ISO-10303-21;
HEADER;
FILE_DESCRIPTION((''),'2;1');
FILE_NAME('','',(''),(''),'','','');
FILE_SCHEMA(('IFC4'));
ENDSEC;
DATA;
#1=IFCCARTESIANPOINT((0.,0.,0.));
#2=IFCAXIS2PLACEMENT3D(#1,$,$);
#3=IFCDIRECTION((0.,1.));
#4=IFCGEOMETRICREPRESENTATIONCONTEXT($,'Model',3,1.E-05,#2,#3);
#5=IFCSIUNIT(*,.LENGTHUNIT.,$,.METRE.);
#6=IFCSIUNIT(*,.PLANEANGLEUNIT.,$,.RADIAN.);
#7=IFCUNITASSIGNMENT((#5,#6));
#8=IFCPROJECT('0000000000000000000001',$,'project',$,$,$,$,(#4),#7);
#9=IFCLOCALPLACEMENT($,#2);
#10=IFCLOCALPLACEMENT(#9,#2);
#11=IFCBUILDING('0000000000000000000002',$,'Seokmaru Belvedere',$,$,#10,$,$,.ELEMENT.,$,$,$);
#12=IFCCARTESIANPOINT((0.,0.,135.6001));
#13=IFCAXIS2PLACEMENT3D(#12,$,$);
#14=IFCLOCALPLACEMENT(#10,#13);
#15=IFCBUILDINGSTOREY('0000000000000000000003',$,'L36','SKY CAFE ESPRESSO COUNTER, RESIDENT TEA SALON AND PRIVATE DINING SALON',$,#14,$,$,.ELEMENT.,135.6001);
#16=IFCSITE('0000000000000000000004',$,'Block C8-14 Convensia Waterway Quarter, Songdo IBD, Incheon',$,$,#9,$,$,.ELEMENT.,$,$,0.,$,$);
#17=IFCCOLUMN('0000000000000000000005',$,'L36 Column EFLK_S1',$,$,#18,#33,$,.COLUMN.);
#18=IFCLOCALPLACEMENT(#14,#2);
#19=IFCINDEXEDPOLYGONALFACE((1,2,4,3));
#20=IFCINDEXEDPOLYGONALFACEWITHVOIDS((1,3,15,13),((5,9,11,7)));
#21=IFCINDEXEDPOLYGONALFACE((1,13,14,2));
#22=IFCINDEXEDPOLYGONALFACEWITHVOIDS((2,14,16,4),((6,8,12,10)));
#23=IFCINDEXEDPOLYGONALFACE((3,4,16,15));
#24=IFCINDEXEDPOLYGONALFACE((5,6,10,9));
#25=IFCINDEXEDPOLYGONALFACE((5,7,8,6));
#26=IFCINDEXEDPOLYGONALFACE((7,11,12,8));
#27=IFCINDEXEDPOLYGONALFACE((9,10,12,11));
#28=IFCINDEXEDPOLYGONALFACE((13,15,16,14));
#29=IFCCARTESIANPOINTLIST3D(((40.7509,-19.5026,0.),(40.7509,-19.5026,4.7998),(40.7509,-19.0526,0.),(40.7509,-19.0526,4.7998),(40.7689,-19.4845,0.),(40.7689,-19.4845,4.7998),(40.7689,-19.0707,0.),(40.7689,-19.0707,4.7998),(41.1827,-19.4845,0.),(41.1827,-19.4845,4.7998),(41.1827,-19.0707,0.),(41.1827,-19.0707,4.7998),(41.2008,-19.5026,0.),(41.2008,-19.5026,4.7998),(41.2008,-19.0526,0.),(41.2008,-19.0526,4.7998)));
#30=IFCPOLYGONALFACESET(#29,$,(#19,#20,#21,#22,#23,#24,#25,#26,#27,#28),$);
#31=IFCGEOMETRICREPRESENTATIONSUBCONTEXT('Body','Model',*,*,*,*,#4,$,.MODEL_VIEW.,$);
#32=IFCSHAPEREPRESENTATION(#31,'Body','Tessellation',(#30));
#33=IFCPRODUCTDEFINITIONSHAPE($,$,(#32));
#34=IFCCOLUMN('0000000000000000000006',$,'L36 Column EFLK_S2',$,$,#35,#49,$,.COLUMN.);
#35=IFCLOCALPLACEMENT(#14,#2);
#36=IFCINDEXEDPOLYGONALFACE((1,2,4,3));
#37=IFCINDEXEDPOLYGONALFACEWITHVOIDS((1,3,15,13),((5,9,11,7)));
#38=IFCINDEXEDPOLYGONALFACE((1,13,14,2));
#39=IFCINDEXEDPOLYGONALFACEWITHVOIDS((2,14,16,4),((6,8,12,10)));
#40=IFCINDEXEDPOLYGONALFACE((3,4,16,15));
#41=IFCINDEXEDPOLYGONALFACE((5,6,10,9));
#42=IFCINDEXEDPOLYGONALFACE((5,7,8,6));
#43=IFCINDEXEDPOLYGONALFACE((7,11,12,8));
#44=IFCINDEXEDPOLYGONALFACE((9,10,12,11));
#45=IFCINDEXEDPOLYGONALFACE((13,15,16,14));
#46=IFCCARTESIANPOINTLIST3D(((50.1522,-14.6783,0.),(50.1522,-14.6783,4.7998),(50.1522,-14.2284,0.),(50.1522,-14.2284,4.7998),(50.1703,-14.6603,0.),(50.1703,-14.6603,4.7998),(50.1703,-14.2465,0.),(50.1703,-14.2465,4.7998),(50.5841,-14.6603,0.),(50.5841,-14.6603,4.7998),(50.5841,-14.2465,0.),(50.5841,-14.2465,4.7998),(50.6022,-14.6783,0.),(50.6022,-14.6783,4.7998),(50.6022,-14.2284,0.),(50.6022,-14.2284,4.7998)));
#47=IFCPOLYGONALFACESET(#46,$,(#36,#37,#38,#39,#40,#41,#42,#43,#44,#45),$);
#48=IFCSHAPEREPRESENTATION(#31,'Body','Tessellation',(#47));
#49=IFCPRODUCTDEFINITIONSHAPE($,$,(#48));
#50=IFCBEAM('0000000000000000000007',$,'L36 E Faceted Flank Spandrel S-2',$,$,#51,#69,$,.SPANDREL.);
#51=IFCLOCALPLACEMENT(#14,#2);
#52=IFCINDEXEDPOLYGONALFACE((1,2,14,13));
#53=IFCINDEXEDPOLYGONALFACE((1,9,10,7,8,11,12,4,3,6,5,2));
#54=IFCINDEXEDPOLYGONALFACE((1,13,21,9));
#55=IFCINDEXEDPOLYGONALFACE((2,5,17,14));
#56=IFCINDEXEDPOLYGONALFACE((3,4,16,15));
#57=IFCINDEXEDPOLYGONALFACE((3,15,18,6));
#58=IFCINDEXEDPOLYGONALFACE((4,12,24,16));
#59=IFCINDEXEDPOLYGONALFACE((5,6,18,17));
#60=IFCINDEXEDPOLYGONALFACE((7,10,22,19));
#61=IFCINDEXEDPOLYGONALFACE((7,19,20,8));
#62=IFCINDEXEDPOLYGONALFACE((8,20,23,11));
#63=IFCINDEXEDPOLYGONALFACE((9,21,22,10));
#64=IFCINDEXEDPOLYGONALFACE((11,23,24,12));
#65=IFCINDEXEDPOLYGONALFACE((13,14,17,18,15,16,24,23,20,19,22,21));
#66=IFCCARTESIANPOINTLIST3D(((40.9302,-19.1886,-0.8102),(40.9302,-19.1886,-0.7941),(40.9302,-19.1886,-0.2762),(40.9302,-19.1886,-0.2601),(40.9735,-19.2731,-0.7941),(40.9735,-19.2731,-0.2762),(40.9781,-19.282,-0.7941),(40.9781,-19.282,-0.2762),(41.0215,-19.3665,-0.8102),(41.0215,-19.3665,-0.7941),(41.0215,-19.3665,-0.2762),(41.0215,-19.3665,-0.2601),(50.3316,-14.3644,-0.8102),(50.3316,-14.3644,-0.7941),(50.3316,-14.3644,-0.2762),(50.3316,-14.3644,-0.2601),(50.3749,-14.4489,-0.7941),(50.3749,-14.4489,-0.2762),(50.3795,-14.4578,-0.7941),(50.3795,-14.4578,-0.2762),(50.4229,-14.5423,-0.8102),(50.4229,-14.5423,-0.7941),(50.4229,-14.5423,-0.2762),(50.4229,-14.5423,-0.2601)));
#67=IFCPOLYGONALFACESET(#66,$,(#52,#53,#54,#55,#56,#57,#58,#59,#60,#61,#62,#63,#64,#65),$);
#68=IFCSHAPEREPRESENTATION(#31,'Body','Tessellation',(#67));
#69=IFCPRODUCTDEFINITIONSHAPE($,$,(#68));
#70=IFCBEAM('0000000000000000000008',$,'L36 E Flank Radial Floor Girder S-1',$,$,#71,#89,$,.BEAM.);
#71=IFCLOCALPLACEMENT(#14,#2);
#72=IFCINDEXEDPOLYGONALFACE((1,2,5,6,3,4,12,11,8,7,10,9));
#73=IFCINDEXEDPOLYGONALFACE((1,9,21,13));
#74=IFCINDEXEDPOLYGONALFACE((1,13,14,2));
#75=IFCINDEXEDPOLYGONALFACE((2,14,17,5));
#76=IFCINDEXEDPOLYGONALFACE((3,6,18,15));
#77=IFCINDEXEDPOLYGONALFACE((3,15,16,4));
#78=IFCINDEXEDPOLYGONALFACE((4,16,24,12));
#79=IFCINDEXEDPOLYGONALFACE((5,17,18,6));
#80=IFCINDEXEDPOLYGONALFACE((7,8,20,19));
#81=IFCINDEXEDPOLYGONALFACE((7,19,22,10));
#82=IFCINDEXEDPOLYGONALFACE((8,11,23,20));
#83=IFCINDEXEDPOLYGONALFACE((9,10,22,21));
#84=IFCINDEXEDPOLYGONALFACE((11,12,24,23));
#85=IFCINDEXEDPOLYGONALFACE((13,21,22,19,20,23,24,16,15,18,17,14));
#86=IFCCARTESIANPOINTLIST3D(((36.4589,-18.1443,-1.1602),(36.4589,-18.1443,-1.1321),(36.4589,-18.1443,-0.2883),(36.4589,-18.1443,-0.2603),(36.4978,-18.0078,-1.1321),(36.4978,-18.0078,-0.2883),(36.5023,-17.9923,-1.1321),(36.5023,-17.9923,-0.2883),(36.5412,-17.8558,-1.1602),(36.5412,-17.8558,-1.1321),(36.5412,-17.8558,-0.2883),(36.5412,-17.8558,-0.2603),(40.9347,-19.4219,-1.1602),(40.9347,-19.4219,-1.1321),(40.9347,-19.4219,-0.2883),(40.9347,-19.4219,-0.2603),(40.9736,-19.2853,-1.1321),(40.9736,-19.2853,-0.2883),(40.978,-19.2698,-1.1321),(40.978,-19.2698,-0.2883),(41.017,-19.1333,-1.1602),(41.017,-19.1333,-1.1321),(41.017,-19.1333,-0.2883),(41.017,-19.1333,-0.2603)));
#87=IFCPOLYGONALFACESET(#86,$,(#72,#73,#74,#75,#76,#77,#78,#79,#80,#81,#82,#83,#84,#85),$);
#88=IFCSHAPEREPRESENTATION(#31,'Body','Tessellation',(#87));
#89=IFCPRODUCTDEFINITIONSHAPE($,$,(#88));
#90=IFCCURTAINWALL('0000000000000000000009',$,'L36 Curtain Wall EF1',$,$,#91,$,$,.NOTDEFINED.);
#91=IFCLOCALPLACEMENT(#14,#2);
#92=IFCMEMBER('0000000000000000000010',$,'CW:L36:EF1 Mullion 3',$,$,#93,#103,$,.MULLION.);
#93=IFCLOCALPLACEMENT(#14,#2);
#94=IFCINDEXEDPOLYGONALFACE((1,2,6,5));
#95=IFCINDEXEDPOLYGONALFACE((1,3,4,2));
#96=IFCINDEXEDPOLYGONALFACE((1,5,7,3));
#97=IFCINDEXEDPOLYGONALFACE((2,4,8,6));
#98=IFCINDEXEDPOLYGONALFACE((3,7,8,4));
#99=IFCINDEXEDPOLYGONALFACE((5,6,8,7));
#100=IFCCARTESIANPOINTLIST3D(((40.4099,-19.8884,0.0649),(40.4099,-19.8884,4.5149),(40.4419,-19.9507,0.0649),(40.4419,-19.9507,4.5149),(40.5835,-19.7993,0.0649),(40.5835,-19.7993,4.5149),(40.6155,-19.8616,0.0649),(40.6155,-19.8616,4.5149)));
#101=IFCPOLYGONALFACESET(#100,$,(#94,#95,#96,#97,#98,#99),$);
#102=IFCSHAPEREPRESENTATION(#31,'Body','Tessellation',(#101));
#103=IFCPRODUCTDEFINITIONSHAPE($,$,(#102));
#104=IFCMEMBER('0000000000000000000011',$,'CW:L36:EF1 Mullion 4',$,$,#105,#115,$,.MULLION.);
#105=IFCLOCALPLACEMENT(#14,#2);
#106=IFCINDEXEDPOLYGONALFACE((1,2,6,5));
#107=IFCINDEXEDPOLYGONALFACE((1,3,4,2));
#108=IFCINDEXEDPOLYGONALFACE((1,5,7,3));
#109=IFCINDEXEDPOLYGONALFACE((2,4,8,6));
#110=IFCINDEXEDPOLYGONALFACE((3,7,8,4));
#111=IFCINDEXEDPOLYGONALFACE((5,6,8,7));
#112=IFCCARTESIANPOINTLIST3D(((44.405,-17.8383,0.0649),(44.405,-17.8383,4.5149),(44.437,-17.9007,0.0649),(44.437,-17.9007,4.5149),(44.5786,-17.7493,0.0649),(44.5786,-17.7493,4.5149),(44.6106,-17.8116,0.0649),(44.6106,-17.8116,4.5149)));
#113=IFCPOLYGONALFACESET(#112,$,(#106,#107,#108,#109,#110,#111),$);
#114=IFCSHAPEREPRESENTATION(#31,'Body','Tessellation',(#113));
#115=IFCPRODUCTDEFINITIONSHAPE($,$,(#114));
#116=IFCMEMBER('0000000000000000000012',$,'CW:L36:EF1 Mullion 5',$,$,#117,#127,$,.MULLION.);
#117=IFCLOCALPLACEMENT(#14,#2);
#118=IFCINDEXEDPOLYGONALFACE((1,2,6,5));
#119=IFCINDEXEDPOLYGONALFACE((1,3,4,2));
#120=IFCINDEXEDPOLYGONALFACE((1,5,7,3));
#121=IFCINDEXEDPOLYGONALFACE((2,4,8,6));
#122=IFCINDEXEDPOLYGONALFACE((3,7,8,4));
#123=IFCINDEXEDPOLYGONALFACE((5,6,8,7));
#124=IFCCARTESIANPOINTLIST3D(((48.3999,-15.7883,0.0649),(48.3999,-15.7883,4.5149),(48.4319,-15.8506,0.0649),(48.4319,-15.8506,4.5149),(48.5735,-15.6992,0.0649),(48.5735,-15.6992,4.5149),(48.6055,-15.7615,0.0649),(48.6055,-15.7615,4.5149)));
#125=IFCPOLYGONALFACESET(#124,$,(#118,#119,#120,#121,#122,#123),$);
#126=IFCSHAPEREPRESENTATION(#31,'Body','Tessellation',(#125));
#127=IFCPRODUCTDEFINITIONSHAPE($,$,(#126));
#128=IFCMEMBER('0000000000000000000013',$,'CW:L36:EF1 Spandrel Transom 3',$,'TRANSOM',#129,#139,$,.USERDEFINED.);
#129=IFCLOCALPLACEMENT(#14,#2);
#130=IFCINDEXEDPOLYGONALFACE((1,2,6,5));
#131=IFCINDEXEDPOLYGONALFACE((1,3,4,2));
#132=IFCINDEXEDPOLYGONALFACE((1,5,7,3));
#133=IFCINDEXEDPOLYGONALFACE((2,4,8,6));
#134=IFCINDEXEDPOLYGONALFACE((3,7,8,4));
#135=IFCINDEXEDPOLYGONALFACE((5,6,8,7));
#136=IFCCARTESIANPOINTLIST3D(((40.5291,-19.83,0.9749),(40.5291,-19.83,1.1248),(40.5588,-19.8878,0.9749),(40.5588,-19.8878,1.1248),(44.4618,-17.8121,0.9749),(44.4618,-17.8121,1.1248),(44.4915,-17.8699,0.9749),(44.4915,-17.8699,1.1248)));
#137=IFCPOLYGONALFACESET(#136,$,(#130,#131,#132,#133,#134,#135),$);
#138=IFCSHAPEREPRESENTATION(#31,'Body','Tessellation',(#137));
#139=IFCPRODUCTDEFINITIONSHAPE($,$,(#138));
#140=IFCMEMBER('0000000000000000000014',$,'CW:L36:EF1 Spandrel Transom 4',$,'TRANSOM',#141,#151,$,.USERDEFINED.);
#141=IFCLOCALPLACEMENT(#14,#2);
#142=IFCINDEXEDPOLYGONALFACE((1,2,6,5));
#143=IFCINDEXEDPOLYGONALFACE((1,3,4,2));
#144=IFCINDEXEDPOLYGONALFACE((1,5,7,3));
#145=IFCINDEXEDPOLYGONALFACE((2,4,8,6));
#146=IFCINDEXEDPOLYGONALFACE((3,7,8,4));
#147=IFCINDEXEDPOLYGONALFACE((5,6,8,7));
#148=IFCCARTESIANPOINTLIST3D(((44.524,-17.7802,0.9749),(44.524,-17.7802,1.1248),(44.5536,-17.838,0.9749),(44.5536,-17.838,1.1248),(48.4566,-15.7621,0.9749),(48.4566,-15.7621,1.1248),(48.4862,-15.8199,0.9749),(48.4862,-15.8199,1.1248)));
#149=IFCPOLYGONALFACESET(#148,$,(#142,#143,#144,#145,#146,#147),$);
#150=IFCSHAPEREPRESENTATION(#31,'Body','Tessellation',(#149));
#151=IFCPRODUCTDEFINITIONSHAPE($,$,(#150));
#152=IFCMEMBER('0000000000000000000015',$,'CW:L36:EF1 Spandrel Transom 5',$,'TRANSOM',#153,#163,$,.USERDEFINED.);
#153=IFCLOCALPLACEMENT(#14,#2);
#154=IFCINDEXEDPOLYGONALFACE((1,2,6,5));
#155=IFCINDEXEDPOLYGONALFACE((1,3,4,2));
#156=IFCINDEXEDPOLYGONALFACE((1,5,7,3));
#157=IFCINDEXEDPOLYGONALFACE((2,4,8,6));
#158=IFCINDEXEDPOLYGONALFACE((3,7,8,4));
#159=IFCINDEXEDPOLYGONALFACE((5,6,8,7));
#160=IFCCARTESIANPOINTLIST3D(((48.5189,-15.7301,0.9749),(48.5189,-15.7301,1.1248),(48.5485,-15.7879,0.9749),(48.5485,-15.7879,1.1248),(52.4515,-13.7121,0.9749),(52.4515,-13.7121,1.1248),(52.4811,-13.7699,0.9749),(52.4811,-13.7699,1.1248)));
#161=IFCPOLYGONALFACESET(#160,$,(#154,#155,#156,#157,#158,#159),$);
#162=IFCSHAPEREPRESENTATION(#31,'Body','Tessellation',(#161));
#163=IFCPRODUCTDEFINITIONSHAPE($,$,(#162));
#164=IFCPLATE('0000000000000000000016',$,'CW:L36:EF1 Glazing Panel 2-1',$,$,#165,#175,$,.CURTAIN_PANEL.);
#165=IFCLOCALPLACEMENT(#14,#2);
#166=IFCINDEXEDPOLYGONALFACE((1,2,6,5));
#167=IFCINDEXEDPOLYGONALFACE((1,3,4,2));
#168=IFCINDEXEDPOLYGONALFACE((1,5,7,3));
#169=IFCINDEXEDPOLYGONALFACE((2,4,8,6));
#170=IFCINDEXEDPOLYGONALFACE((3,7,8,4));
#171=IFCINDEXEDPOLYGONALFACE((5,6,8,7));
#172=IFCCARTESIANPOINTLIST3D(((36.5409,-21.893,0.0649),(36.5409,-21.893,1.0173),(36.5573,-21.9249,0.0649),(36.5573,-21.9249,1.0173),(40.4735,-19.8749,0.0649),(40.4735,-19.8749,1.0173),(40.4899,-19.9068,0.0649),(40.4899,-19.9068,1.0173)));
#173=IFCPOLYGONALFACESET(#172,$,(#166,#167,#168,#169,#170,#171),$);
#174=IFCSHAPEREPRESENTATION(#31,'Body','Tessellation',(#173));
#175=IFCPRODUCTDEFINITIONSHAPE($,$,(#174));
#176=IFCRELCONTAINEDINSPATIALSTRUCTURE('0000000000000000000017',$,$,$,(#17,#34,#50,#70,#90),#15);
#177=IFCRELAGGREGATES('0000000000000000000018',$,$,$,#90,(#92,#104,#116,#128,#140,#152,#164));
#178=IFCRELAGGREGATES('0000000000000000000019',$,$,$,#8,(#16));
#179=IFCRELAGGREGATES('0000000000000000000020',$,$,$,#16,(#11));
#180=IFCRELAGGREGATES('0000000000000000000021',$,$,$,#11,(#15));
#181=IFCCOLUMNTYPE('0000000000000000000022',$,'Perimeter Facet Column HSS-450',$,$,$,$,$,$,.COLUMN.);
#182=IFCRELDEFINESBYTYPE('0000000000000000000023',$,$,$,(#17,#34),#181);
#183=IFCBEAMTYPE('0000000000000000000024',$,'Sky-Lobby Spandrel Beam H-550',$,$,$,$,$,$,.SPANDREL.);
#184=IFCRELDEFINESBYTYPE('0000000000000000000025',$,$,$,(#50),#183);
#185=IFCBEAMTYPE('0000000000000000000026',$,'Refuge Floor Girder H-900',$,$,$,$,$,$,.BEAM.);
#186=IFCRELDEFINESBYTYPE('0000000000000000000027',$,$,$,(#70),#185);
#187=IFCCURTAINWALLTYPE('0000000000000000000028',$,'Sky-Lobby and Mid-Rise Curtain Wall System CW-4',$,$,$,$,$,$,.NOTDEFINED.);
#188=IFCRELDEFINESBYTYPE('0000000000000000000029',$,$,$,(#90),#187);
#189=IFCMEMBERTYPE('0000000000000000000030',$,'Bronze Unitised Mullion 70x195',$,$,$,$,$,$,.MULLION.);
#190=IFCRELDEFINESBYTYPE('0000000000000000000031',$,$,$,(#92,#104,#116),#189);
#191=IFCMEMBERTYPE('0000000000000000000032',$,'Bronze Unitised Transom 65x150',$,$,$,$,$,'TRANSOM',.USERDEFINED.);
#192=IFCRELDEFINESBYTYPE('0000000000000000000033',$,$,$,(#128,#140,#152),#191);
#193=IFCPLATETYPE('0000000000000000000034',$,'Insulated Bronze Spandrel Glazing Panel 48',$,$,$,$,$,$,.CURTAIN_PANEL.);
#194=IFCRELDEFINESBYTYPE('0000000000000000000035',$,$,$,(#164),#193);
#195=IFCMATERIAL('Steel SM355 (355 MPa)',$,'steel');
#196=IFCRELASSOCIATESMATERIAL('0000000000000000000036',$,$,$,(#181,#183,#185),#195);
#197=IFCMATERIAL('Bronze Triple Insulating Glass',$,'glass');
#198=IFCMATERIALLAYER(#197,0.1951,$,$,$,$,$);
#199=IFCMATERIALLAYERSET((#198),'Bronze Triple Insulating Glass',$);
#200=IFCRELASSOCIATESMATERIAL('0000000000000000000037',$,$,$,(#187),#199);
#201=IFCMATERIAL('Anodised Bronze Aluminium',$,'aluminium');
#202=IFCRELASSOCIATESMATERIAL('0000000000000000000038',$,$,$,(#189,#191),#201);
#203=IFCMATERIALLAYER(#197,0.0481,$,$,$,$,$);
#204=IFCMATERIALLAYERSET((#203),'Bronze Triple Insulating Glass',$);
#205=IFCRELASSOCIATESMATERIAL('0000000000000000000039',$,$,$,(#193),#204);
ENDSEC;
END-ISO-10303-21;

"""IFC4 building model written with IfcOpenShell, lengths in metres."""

from ifc_helpers import new_model, si_unit, direction, frame, origin, origin_2d, place, context, subcontext, project, spatial, rectangle, hollow_rectangle, i_section, extrude, source, transform, mapped, material, layer, layer_set, material_profile, profile_set, type_object, type_shapes, element, aggregate, save


model = new_model("IFC4")

# Units and contexts
model_context = context("Model", 3, precision=1e-05, world=origin(), true_north=direction((0.0, 1.0)))
body_context = subcontext(model_context, "Body", "Model", "MODEL_VIEW")
ifc_project = project(units=[si_unit("LENGTHUNIT", "METRE"), si_unit("PLANEANGLEUNIT", "RADIAN")], contexts=[model_context])

# Site, building, storey
site_placement = place(None, origin())
site = spatial("IfcSite", under=ifc_project, at=site_placement, Name="Block C8-14 Convensia Waterway Quarter, Songdo IBD, Incheon", CompositionType="ELEMENT", RefElevation=0.0)
building_placement = place(site_placement, origin())
building = spatial("IfcBuilding", under=site, at=building_placement, Name="Seokmaru Belvedere", CompositionType="ELEMENT")
storey_placement = place(building_placement, frame((0.0, 0.0, 135.6001)))
storey = spatial("IfcBuildingStorey", under=building, at=storey_placement, Name="L36", Description="SKY CAFE ESPRESSO COUNTER, RESIDENT TEA SALON AND PRIVATE DINING SALON", CompositionType="ELEMENT", Elevation=135.6001)

# Columns
ifc_material_1 = material(Name="Steel SM355 (355 MPa)", Category="steel")
ifc_material_profile_1 = material_profile(ifc_material_1, hollow_rectangle(XDim=0.45, YDim=0.45, WallThickness=0.0181, at=origin_2d()), Name="HSS-450x450x18")
ifc_profile_set_1 = profile_set([ifc_material_profile_1], Name="Steel SM355 (355 MPa)")
column_type = type_object("IfcColumnType", Name="Perimeter Facet Column HSS-450", PredefinedType="COLUMN", material=ifc_profile_set_1)
shared_shape_1 = source(origin(), body_context, "Body", "SweptSolid", [
    extrude(hollow_rectangle(XDim=0.45, YDim=0.45, WallThickness=0.0181, at=origin_2d()), origin(), (0.0, 0.0, 1.0), 4.7998),
])
type_shapes(column_type, [shared_shape_1])
for number, where, z_axis, x_axis, name in (
    (1, (40.9758, -19.2776, 0.0), (0.0, 0.0, 1.0), (1.0, 0.0, 0.0), "L36 Column EFLK_S1"),
    (2, (50.3772, -14.4534, 0.0), (0.0, 0.0, 1.0), (1.0, 0.0, 0.0), "L36 Column EFLK_S2"),
):
    element("IfcColumn", number, at=place(storey_placement, frame(where, z_axis=z_axis, x_axis=x_axis)), inside=storey, type_object=column_type, Name=name, PredefinedType="COLUMN", context=body_context, shape_type="MappedRepresentation", body=[
        mapped(shared_shape_1, transform((0.0, 0.0, 0.0), scale=1.0)),
    ])

# Beams
ifc_material_profile_2 = material_profile(ifc_material_1, i_section(OverallWidth=0.2, OverallDepth=0.55, WebThickness=0.01, FlangeThickness=0.0161, at=origin_2d()), Name="H-550x200x10x16")
ifc_profile_set_2 = profile_set([ifc_material_profile_2], Name="Steel SM355 (355 MPa)")
beam_type_1 = type_object("IfcBeamType", Name="Sky-Lobby Spandrel Beam H-550", PredefinedType="SPANDREL", material=ifc_profile_set_2)
shared_shape_2 = source(origin(), body_context, "Body", "SweptSolid", [
    extrude(i_section(OverallWidth=0.2, OverallDepth=0.55, WebThickness=0.01, FlangeThickness=0.0161, at=origin_2d()), origin(), (0.0, 0.0, 1.0), 10.5669),
])
type_shapes(beam_type_1, [shared_shape_2])
beam_1_placement = place(storey_placement, frame((40.9758, -19.2776, -0.5352), z_axis=(0.889702, 0.456542, 0.0), x_axis=(-0.456542, 0.889702, 0.0)))
element("IfcBeam", 3, at=beam_1_placement, inside=storey, type_object=beam_type_1, Name="L36 E Faceted Flank Spandrel S-2", PredefinedType="SPANDREL", context=body_context, shape_type="MappedRepresentation", body=[
    mapped(shared_shape_2, transform((0.0, 0.0, 0.0), scale=1.0)),
])
ifc_material_profile_3 = material_profile(ifc_material_1, i_section(OverallWidth=0.3, OverallDepth=0.8999, WebThickness=0.0161, FlangeThickness=0.0281, at=origin_2d()), Name="H-900x300x16x28")
ifc_profile_set_3 = profile_set([ifc_material_profile_3], Name="Steel SM355 (355 MPa)")
beam_type_2 = type_object("IfcBeamType", Name="Refuge Floor Girder H-900", PredefinedType="BEAM", material=ifc_profile_set_3)
shared_shape_3 = source(origin(), body_context, "Body", "SweptSolid", [
    extrude(i_section(OverallWidth=0.3, OverallDepth=0.8999, WebThickness=0.0161, FlangeThickness=0.0281, at=origin_2d()), origin(), (0.0, 0.0, 1.0), 4.6545),
])
type_shapes(beam_type_2, [shared_shape_3])
beam_2_placement = place(storey_placement, frame((40.9758, -19.2776, -0.7102), z_axis=(-0.961593, 0.274479, 0.0), x_axis=(-0.274479, -0.961593, 0.0)))
element("IfcBeam", 4, at=beam_2_placement, inside=storey, type_object=beam_type_2, Name="L36 E Flank Radial Floor Girder S-1", PredefinedType="BEAM", context=body_context, shape_type="MappedRepresentation", body=[
    mapped(shared_shape_3, transform((0.0, 0.0, 0.0), scale=1.0)),
])

# Curtain wall, members, plate
ifc_material_2 = material(Name="Bronze Triple Insulating Glass", Category="glass")
ifc_layer_1 = layer(ifc_material_2, 0.1951)
ifc_layer_set_1 = layer_set([ifc_layer_1], Name="Bronze Triple Insulating Glass")
curtain_wall_type = type_object("IfcCurtainWallType", Name="Sky-Lobby and Mid-Rise Curtain Wall System CW-4", PredefinedType="NOTDEFINED", material=ifc_layer_set_1)
curtain_wall_placement = place(storey_placement, origin())
curtain_wall = element("IfcCurtainWall", 5, at=curtain_wall_placement, inside=storey, type_object=curtain_wall_type, Name="L36 Curtain Wall EF1", PredefinedType="NOTDEFINED")
ifc_material_3 = material(Name="Anodised Bronze Aluminium", Category="aluminium")
ifc_material_profile_4 = material_profile(ifc_material_3, rectangle(XDim=0.0701, YDim=0.1951, at=origin_2d()), Name="CW-M-70x195")
ifc_profile_set_4 = profile_set([ifc_material_profile_4], Name="Anodised Bronze Aluminium")
member_type_1 = type_object("IfcMemberType", Name="Bronze Unitised Mullion 70x195", PredefinedType="MULLION", material=ifc_profile_set_4)
shared_shape_4 = source(origin(), body_context, "Body", "SweptSolid", [
    extrude(rectangle(XDim=0.0701, YDim=0.1951, at=origin_2d()), origin(), (0.0, 0.0, 1.0), 4.45),
])
type_shapes(member_type_1, [shared_shape_4])
member_1_placement = place(storey_placement, frame((40.5127, -19.875, 0.0649), z_axis=(0.0, 0.0, 1.0), x_axis=(-0.456555, 0.889695, 0.0)))
member_1 = element("IfcMember", 6, at=member_1_placement, type_object=member_type_1, Name="CW:L36:EF1 Mullion 3", PredefinedType="MULLION", context=body_context, shape_type="MappedRepresentation", body=[
    mapped(shared_shape_4, transform((0.0, 0.0, 0.0), scale=1.0)),
])
member_2_placement = place(storey_placement, frame((44.5078, -17.825, 0.0649), z_axis=(0.0, 0.0, 1.0), x_axis=(-0.456555, 0.889695, 0.0)))
member_2 = element("IfcMember", 7, at=member_2_placement, type_object=member_type_1, Name="CW:L36:EF1 Mullion 4", PredefinedType="MULLION", context=body_context, shape_type="MappedRepresentation", body=[
    mapped(shared_shape_4, transform((0.0, 0.0, 0.0), scale=1.0)),
])
member_3_placement = place(storey_placement, frame((48.5027, -15.7749, 0.0649), z_axis=(0.0, 0.0, 1.0), x_axis=(-0.456555, 0.889695, 0.0)))
member_3 = element("IfcMember", 8, at=member_3_placement, type_object=member_type_1, Name="CW:L36:EF1 Mullion 5", PredefinedType="MULLION", context=body_context, shape_type="MappedRepresentation", body=[
    mapped(shared_shape_4, transform((0.0, 0.0, 0.0), scale=1.0)),
])
ifc_material_profile_5 = material_profile(ifc_material_3, rectangle(XDim=0.0649, YDim=0.1499, at=origin_2d()), Name="CW-T-65x150")
ifc_profile_set_5 = profile_set([ifc_material_profile_5], Name="Anodised Bronze Aluminium")
member_type_2 = type_object("IfcMemberType", Name="Bronze Unitised Transom 65x150", ElementType="TRANSOM", PredefinedType="USERDEFINED", material=ifc_profile_set_5)
shared_shape_5 = source(origin(), body_context, "Body", "SweptSolid", [
    extrude(rectangle(XDim=0.0649, YDim=0.1499, at=origin_2d()), origin(), (0.0, 0.0, 1.0), 4.4202),
])
type_shapes(member_type_2, [shared_shape_5])
member_4_placement = place(storey_placement, frame((40.5439, -19.8589, 1.0498), z_axis=(0.889717, 0.456513, 0.0), x_axis=(-0.456513, 0.889717, 0.0)))
member_4 = element("IfcMember", 9, at=member_4_placement, type_object=member_type_2, Name="CW:L36:EF1 Spandrel Transom 3", ObjectType="TRANSOM", PredefinedType="USERDEFINED", context=body_context, shape_type="MappedRepresentation", body=[
    mapped(shared_shape_5, transform((0.0, 0.0, 0.0), scale=1.0)),
])
member_5_placement = place(storey_placement, frame((44.5388, -17.8091, 1.0498), z_axis=(0.889694, 0.456557, 0.0), x_axis=(-0.456557, 0.889694, 0.0)))
member_5 = element("IfcMember", 10, at=member_5_placement, type_object=member_type_2, Name="CW:L36:EF1 Spandrel Transom 4", ObjectType="TRANSOM", PredefinedType="USERDEFINED", context=body_context, shape_type="MappedRepresentation", body=[
    mapped(shared_shape_5, transform((0.0, 0.0, 0.0), scale=1.0)),
])
member_6_placement = place(storey_placement, frame((48.5337, -15.759, 1.0498), z_axis=(0.889694, 0.456557, 0.0), x_axis=(-0.456557, 0.889694, 0.0)))
member_6 = element("IfcMember", 11, at=member_6_placement, type_object=member_type_2, Name="CW:L36:EF1 Spandrel Transom 5", ObjectType="TRANSOM", PredefinedType="USERDEFINED", context=body_context, shape_type="MappedRepresentation", body=[
    mapped(shared_shape_5, transform((0.0, 0.0, 0.0), scale=1.0)),
])
ifc_layer_2 = layer(ifc_material_2, 0.0481)
ifc_layer_set_2 = layer_set([ifc_layer_2], Name="Bronze Triple Insulating Glass")
plate_type_1 = type_object("IfcPlateType", Name="Insulated Bronze Spandrel Glazing Panel 48", PredefinedType="CURTAIN_PANEL", material=ifc_layer_set_2)
shared_shape_6 = source(origin(), body_context, "Body", "SweptSolid", [
    extrude(rectangle(XDim=4.4202, YDim=0.0359, at=origin_2d()), origin(), (0.0, 0.0, 1.0), 0.9524),
])
type_shapes(plate_type_1, [shared_shape_6])
plate_1_placement = place(storey_placement, frame((38.5154, -20.8999, 0.0649), z_axis=(0.0, 0.0, 1.0), x_axis=(0.889695, 0.456555, 0.0)))
plate_1 = element("IfcPlate", 12, at=plate_1_placement, type_object=plate_type_1, Name="CW:L36:EF1 Glazing Panel 2-1", PredefinedType="CURTAIN_PANEL", context=body_context, shape_type="MappedRepresentation", body=[
    mapped(shared_shape_6, transform((0.0, 0.0, 0.0), scale=1.0)),
])
aggregate(curtain_wall, [member_1, member_2, member_3, member_4, member_5, member_6, plate_1])

save(model, "model.ifc")
